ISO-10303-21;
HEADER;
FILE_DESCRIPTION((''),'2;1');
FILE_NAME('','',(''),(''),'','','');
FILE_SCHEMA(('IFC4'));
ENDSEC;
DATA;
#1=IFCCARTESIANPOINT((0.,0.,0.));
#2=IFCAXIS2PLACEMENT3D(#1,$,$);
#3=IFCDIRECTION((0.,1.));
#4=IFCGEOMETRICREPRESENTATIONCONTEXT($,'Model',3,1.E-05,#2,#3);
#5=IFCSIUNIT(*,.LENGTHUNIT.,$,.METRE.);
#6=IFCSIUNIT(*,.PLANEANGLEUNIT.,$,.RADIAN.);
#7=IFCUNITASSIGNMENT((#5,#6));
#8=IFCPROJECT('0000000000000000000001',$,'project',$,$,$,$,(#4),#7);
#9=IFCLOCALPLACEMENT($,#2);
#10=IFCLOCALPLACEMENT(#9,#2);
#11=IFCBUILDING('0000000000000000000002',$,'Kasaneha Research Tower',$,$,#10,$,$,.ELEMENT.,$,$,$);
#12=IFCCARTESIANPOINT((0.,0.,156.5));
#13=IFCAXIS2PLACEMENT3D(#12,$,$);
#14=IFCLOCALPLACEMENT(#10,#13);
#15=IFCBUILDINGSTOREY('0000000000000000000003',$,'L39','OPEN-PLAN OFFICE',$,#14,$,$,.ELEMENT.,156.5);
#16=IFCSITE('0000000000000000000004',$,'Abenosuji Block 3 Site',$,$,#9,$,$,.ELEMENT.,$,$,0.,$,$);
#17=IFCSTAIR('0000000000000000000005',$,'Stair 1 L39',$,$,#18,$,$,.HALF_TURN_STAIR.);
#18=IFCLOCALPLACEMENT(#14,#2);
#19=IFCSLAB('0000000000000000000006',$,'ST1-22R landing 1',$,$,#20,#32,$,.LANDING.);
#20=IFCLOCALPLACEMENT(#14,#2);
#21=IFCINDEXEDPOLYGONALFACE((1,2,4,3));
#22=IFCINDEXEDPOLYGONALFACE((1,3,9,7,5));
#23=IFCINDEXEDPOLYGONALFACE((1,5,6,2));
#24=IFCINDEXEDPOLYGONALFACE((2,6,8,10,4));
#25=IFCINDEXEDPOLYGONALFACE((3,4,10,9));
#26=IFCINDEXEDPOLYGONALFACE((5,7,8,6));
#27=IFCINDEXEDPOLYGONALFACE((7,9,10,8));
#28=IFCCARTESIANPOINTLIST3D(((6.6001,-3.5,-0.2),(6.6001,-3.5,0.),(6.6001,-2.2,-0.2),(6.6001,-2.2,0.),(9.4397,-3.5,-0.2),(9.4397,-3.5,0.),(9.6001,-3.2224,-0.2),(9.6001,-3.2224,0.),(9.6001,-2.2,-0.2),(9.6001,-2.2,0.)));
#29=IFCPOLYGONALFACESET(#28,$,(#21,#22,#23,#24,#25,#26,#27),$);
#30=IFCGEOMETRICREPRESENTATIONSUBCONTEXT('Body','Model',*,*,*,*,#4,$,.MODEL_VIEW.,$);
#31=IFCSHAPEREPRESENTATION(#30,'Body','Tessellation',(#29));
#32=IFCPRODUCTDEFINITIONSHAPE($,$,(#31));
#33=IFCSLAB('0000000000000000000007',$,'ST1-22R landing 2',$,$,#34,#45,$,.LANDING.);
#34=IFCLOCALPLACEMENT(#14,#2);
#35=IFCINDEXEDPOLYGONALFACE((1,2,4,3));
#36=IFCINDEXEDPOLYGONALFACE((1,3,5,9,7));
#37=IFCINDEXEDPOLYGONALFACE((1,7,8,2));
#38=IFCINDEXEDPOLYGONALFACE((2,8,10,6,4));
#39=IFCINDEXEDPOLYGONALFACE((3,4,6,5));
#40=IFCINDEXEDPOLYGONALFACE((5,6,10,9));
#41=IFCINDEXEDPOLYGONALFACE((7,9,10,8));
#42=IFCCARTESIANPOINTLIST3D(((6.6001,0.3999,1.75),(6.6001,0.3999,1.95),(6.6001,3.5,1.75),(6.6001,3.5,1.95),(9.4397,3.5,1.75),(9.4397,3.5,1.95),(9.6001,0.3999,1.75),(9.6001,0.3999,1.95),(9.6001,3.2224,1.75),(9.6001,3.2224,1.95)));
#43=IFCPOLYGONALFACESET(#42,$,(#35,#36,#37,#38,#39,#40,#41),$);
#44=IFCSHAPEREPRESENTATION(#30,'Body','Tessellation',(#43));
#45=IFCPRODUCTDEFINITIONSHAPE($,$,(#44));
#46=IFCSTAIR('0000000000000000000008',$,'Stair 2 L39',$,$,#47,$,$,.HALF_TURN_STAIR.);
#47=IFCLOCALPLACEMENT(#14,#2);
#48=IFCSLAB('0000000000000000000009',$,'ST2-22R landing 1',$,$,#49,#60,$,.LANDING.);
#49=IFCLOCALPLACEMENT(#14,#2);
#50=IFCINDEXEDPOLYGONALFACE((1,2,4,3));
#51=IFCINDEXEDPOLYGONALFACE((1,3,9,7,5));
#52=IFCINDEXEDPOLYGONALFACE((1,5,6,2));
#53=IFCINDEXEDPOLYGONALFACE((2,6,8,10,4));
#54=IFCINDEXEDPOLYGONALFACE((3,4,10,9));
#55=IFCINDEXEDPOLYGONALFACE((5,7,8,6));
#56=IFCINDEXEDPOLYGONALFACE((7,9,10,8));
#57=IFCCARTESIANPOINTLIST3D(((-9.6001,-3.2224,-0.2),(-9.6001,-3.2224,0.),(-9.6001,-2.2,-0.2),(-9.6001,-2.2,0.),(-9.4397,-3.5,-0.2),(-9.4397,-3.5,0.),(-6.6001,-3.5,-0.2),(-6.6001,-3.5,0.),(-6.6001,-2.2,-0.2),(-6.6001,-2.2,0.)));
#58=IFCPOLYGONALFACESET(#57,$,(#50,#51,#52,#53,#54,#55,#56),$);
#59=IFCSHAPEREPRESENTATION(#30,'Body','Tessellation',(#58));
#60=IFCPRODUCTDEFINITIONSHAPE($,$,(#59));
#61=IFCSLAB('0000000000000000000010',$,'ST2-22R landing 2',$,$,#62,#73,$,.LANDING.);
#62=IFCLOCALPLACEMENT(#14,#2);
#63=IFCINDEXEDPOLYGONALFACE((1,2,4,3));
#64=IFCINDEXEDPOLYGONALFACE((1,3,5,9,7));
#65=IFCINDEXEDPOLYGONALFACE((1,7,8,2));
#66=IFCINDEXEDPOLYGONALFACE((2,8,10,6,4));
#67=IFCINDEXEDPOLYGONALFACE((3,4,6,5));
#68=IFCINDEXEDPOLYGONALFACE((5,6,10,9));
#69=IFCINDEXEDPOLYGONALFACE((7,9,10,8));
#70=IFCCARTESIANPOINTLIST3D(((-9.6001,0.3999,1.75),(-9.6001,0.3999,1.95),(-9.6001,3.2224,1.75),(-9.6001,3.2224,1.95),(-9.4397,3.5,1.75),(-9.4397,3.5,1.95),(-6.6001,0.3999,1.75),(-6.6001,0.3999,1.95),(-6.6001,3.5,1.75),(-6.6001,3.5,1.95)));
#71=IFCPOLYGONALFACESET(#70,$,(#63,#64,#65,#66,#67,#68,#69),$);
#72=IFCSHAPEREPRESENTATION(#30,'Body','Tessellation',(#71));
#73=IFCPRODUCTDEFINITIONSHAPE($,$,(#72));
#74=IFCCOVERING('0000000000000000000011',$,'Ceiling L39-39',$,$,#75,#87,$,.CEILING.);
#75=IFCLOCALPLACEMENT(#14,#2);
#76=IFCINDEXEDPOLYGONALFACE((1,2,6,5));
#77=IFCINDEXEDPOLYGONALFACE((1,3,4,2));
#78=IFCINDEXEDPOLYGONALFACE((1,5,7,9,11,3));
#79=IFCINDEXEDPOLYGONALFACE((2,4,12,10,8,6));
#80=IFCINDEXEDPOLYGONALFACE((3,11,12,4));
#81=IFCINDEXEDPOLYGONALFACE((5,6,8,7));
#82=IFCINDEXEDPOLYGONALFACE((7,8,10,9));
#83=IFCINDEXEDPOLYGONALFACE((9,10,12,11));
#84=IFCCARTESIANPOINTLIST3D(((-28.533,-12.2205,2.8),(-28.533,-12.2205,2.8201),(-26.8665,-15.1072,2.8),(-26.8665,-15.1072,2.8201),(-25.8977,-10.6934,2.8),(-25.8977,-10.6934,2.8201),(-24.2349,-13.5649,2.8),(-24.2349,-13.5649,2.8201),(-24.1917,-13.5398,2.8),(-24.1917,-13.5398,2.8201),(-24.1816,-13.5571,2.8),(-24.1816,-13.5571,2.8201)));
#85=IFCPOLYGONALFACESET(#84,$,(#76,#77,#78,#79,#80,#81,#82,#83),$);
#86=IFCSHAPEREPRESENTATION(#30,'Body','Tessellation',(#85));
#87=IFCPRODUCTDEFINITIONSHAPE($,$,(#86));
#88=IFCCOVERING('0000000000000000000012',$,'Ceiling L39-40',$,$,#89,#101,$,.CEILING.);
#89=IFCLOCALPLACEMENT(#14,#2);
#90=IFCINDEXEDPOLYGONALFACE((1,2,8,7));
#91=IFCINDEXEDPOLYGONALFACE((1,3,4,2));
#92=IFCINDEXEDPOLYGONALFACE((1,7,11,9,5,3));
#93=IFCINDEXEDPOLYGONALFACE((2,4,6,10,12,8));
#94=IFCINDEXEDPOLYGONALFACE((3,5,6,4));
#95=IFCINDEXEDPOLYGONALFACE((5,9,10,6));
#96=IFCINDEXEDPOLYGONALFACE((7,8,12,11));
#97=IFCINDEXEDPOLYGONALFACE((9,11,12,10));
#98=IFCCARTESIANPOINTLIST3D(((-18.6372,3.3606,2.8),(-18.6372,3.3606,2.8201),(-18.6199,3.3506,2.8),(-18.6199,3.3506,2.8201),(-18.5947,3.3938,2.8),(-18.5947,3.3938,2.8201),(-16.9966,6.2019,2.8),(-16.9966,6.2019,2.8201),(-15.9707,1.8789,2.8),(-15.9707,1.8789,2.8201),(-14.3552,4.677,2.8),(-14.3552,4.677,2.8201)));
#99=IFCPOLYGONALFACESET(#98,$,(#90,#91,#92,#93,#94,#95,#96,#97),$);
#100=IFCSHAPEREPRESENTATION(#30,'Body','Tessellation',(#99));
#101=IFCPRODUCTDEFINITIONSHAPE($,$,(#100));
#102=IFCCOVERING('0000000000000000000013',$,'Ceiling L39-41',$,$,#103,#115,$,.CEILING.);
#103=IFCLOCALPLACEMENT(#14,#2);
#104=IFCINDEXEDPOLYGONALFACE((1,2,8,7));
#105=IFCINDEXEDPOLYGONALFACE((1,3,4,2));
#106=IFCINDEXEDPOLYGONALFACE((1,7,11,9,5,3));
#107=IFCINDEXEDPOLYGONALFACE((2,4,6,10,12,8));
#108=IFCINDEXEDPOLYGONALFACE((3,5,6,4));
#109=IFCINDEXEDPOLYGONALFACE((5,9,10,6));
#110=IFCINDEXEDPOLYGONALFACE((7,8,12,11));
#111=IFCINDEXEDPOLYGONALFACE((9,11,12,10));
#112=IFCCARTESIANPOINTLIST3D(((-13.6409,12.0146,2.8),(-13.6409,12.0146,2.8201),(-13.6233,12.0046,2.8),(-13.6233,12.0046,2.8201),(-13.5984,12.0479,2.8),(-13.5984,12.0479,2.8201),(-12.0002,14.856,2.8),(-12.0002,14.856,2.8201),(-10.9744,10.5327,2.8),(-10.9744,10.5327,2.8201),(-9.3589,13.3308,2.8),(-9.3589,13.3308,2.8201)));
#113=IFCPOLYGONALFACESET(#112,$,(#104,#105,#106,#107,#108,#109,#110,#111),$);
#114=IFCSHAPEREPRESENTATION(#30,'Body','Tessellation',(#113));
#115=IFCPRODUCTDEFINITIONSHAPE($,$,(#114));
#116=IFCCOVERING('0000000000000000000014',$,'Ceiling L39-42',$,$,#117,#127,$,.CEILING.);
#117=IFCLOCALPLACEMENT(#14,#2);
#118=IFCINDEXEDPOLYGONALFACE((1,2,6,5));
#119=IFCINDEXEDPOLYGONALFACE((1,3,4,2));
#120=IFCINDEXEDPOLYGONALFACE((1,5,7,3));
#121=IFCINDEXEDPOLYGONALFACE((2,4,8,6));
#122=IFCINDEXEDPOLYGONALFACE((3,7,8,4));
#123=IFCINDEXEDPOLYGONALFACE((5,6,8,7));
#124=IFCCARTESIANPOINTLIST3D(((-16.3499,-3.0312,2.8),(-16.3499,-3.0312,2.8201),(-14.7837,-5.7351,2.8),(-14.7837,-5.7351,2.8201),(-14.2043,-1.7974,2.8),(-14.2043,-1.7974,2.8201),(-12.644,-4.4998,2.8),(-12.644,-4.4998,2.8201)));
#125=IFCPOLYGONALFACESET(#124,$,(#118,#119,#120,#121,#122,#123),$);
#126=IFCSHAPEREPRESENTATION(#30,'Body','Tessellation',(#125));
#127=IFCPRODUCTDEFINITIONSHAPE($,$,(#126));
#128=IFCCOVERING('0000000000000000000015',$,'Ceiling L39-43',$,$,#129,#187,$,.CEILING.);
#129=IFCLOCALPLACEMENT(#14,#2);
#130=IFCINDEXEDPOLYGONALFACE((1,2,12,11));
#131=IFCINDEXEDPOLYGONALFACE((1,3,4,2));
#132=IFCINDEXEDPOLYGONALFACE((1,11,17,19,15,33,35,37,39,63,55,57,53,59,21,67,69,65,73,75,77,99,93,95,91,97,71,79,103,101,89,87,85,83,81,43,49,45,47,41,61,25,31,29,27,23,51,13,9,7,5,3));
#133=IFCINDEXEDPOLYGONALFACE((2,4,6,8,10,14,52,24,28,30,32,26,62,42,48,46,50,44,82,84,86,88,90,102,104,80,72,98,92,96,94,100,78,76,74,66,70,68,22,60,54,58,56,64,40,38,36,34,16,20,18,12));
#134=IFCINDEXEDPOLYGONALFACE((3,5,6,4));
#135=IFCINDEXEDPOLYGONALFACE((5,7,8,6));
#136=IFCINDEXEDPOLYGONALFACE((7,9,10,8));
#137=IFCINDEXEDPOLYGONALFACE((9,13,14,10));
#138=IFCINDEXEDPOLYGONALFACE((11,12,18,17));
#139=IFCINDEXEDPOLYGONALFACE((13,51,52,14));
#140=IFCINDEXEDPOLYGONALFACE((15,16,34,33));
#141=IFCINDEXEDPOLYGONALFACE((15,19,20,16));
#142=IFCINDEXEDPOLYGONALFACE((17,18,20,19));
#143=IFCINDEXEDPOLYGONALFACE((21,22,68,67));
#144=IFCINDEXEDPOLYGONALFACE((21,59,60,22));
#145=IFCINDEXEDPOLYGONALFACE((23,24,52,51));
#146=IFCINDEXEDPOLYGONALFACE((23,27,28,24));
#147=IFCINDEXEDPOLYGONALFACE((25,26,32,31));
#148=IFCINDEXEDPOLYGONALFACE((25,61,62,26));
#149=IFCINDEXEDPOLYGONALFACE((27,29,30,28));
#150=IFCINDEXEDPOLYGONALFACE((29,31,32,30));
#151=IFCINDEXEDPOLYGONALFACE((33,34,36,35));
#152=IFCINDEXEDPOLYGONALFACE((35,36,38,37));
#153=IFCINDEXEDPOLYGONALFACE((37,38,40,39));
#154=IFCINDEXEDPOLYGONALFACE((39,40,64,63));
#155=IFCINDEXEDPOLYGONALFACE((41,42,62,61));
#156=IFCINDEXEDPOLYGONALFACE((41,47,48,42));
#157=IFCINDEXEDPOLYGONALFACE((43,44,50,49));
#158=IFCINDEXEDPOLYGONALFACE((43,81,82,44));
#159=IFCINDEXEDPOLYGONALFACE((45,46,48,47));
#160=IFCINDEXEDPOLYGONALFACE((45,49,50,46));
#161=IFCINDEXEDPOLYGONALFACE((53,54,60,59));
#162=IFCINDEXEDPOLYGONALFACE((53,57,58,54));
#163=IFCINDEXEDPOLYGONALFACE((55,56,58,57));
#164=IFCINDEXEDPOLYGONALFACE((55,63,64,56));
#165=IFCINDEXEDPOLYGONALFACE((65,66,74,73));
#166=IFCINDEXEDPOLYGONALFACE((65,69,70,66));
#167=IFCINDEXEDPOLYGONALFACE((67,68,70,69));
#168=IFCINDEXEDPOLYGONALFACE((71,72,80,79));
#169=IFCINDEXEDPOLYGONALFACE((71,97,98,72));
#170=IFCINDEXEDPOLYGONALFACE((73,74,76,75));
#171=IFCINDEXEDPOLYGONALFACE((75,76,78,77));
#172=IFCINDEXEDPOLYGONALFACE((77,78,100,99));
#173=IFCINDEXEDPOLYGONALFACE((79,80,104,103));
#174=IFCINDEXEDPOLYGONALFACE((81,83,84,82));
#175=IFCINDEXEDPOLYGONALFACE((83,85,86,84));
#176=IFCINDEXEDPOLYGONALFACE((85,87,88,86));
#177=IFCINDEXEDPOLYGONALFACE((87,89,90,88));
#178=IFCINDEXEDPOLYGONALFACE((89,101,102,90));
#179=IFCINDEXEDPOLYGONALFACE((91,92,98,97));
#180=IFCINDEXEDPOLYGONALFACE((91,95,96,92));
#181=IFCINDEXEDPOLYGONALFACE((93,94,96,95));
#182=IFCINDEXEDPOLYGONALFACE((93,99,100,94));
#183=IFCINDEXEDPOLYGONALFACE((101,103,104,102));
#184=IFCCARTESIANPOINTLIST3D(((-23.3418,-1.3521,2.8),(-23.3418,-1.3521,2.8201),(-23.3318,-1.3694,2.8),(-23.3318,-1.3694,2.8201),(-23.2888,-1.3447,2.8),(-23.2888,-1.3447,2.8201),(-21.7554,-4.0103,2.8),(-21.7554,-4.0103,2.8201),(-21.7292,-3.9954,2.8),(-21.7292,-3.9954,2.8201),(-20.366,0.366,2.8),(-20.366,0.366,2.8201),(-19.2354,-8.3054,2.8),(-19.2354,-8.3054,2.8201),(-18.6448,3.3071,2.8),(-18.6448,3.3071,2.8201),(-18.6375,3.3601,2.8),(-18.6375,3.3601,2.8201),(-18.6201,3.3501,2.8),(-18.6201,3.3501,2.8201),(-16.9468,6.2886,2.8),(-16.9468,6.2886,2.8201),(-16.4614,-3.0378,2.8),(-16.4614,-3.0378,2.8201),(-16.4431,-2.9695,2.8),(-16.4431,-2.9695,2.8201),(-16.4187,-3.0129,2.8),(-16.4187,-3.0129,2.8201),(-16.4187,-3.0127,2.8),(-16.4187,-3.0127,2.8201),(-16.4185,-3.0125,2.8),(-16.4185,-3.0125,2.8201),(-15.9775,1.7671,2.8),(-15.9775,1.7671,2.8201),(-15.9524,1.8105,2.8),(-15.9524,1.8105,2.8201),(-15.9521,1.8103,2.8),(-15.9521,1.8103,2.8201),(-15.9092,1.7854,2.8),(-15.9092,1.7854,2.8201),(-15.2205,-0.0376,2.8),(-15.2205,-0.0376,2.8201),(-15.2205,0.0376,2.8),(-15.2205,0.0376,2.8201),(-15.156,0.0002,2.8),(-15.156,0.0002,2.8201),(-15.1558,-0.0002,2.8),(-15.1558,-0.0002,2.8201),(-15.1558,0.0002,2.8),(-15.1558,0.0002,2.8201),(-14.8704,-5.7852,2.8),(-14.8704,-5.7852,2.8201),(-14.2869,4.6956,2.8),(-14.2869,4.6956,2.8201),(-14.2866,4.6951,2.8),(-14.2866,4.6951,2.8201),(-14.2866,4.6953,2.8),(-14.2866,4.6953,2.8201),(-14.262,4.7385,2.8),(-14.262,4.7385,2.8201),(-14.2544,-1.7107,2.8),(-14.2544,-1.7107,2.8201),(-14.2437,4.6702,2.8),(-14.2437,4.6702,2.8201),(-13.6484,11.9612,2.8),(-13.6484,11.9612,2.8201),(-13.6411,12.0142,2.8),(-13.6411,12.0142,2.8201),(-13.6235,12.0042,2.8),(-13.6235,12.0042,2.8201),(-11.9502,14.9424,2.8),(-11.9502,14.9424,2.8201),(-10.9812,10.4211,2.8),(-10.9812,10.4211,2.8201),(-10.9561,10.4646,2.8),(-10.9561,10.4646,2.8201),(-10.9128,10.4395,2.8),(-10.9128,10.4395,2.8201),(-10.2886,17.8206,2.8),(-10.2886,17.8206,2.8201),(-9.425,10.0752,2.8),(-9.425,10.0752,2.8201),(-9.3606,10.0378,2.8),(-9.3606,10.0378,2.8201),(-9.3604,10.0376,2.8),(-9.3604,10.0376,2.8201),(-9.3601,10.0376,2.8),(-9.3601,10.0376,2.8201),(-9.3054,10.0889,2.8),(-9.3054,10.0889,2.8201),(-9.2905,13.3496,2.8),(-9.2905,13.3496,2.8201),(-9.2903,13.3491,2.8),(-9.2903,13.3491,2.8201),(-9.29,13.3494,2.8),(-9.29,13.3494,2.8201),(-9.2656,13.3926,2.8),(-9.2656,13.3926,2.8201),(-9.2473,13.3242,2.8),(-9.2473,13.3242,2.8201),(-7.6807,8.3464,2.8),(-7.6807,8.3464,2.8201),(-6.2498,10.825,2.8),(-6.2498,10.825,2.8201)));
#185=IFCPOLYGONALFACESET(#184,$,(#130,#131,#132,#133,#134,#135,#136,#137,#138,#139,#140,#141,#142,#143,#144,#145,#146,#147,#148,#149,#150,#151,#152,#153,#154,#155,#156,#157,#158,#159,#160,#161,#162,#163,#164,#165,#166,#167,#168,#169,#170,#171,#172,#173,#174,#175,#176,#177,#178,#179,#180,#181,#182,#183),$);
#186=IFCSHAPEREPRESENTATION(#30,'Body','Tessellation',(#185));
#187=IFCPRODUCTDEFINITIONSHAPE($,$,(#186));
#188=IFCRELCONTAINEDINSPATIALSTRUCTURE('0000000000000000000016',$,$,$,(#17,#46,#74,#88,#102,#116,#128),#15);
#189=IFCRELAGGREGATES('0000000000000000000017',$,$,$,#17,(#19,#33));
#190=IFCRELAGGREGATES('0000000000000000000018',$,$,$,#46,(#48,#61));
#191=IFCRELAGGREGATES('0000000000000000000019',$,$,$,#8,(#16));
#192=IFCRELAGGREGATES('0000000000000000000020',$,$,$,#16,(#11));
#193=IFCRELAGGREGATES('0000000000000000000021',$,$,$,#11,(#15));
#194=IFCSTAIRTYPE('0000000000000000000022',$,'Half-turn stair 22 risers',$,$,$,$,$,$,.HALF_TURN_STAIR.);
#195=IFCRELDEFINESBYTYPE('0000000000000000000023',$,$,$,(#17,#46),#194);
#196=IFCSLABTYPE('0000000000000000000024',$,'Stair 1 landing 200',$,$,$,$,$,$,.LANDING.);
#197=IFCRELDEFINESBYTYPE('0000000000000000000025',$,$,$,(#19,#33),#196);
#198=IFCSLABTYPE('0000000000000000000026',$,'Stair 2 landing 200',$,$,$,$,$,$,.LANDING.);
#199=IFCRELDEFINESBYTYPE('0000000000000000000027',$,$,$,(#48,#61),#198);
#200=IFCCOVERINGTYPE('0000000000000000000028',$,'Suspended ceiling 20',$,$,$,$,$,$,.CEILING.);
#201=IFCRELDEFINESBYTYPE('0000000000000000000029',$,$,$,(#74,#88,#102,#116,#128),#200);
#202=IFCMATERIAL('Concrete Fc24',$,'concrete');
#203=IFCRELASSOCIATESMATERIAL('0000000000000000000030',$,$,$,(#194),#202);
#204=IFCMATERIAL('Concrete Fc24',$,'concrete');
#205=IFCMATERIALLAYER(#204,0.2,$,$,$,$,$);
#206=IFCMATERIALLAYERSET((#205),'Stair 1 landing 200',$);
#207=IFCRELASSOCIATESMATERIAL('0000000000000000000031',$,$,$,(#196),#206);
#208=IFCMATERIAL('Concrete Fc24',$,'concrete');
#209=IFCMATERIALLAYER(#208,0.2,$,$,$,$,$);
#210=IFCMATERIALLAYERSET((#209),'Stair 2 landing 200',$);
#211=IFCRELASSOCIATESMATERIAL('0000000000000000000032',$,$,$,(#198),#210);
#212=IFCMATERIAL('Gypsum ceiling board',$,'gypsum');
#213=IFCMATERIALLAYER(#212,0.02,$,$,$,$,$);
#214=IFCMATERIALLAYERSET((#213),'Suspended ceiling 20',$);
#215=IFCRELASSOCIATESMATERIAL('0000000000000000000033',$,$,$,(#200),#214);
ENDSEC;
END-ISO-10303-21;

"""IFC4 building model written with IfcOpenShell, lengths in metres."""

from ifc_helpers import new_model, si_unit, direction, frame, origin, place, context, subcontext, project, spatial, polyline, outline, extrude, material, layer, layer_set, type_object, element, aggregate, save


model = new_model("IFC4")

# Units and contexts
model_context = context("Model", 3, precision=1e-05, world=origin(), true_north=direction((0.0, 1.0)))
body_context = subcontext(model_context, "Body", "Model", "MODEL_VIEW")
ifc_project = project(units=[si_unit("LENGTHUNIT", "METRE"), si_unit("PLANEANGLEUNIT", "RADIAN")], contexts=[model_context])

# Site, building, storey
site_placement = place(None, origin())
site = spatial("IfcSite", under=ifc_project, at=site_placement, Name="Abenosuji Block 3 Site", CompositionType="ELEMENT", RefElevation=0.0)
building_placement = place(site_placement, origin())
building = spatial("IfcBuilding", under=site, at=building_placement, Name="Kasaneha Research Tower", CompositionType="ELEMENT")
storey_placement = place(building_placement, frame((0.0, 0.0, 156.5)))
storey = spatial("IfcBuildingStorey", under=building, at=storey_placement, Name="L39", Description="OPEN-PLAN OFFICE", CompositionType="ELEMENT", Elevation=156.5)

# Stairs, slabs
ifc_material_1 = material(Name="Concrete Fc24", Category="concrete")
stair_type = type_object("IfcStairType", Name="Half-turn stair 22 risers", PredefinedType="HALF_TURN_STAIR", material=ifc_material_1)
stair_1_placement = place(storey_placement, origin())
stair_1 = element("IfcStair", 1, at=stair_1_placement, inside=storey, type_object=stair_type, Name="Stair 1 L39", PredefinedType="HALF_TURN_STAIR")
ifc_material_2 = material(Name="Concrete Fc24", Category="concrete")
ifc_layer_1 = layer(ifc_material_2, 0.2)
ifc_layer_set_1 = layer_set([ifc_layer_1], Name="Stair 1 landing 200")
slab_type_1 = type_object("IfcSlabType", Name="Stair 1 landing 200", PredefinedType="LANDING", material=ifc_layer_set_1)
slab_1_placement = place(storey_placement, frame((0.0, 0.0, -0.2)))
slab_1 = element("IfcSlab", 2, at=slab_1_placement, type_object=slab_type_1, Name="ST1-22R landing 1", PredefinedType="LANDING", context=body_context, shape_type="SweptSolid", body=[
    extrude(outline(polyline([(9.4397, -3.5), (6.6001, -3.5), (6.6001, -2.2), (9.6001, -2.2), (9.6001, -3.2224), (9.4397, -3.5)])), origin(), (0.0, 0.0, 1.0), 0.2),
])
slab_2_placement = place(storey_placement, frame((0.0, 0.0, 1.75)))
slab_2 = element("IfcSlab", 3, at=slab_2_placement, type_object=slab_type_1, Name="ST1-22R landing 2", PredefinedType="LANDING", context=body_context, shape_type="SweptSolid", body=[
    extrude(outline(polyline([(6.6001, 3.5), (9.4397, 3.5), (9.6001, 3.2224), (9.6001, 0.3999), (6.6001, 0.3999), (6.6001, 3.5)])), origin(), (0.0, 0.0, 1.0), 0.2),
])
aggregate(stair_1, [slab_1, slab_2])
stair_2_placement = place(storey_placement, origin())
stair_2 = element("IfcStair", 4, at=stair_2_placement, inside=storey, type_object=stair_type, Name="Stair 2 L39", PredefinedType="HALF_TURN_STAIR")
ifc_material_3 = material(Name="Concrete Fc24", Category="concrete")
ifc_layer_2 = layer(ifc_material_3, 0.2)
ifc_layer_set_2 = layer_set([ifc_layer_2], Name="Stair 2 landing 200")
slab_type_2 = type_object("IfcSlabType", Name="Stair 2 landing 200", PredefinedType="LANDING", material=ifc_layer_set_2)
slab_3_placement = place(storey_placement, frame((0.0, 0.0, -0.2)))
slab_3 = element("IfcSlab", 5, at=slab_3_placement, type_object=slab_type_2, Name="ST2-22R landing 1", PredefinedType="LANDING", context=body_context, shape_type="SweptSolid", body=[
    extrude(outline(polyline([(-6.6001, -3.5), (-9.4397, -3.5), (-9.6001, -3.2224), (-9.6001, -2.2), (-6.6001, -2.2), (-6.6001, -3.5)])), origin(), (0.0, 0.0, 1.0), 0.2),
])
slab_4_placement = place(storey_placement, frame((0.0, 0.0, 1.75)))
slab_4 = element("IfcSlab", 6, at=slab_4_placement, type_object=slab_type_2, Name="ST2-22R landing 2", PredefinedType="LANDING", context=body_context, shape_type="SweptSolid", body=[
    extrude(outline(polyline([(-6.6001, 0.3999), (-9.6001, 0.3999), (-9.6001, 3.2224), (-9.4397, 3.5), (-6.6001, 3.5), (-6.6001, 0.3999)])), origin(), (0.0, 0.0, 1.0), 0.2),
])
aggregate(stair_2, [slab_3, slab_4])

# Coverings
ifc_material_4 = material(Name="Gypsum ceiling board", Category="gypsum")
ifc_layer_3 = layer(ifc_material_4, 0.02)
ifc_layer_set_3 = layer_set([ifc_layer_3], Name="Suspended ceiling 20")
covering_type_1 = type_object("IfcCoveringType", Name="Suspended ceiling 20", PredefinedType="CEILING", material=ifc_layer_set_3)
covering_1_placement = place(storey_placement, frame((0.0, 0.0, 2.8)))
element("IfcCovering", 7, at=covering_1_placement, inside=storey, type_object=covering_type_1, Name="Ceiling L39-39", PredefinedType="CEILING", context=body_context, shape_type="SweptSolid", body=[
    extrude(outline(polyline([(-28.533, -12.2205), (-25.8977, -10.6934), (-24.2349, -13.5649), (-24.1917, -13.5398), (-24.1816, -13.5571), (-26.8665, -15.1072), (-28.533, -12.2205)])), origin(), (0.0, 0.0, 1.0), 0.02),
])
covering_2_placement = place(storey_placement, frame((0.0, 0.0, 2.8)))
element("IfcCovering", 8, at=covering_2_placement, inside=storey, type_object=covering_type_1, Name="Ceiling L39-40", PredefinedType="CEILING", context=body_context, shape_type="SweptSolid", body=[
    extrude(outline(polyline([(-16.9966, 6.2019), (-14.3552, 4.677), (-15.9707, 1.8789), (-18.5947, 3.3938), (-18.6199, 3.3506), (-18.6372, 3.3606), (-16.9966, 6.2019)])), origin(), (0.0, 0.0, 1.0), 0.02),
])
covering_3_placement = place(storey_placement, frame((0.0, 0.0, 2.8)))
element("IfcCovering", 9, at=covering_3_placement, inside=storey, type_object=covering_type_1, Name="Ceiling L39-41", PredefinedType="CEILING", context=body_context, shape_type="SweptSolid", body=[
    extrude(outline(polyline([(-12.0002, 14.856), (-9.3589, 13.3308), (-10.9744, 10.5327), (-13.5984, 12.0479), (-13.6233, 12.0046), (-13.6409, 12.0146), (-12.0002, 14.856)])), origin(), (0.0, 0.0, 1.0), 0.02),
])
covering_4_placement = place(storey_placement, frame((0.0, 0.0, 2.8)))
element("IfcCovering", 10, at=covering_4_placement, inside=storey, type_object=covering_type_1, Name="Ceiling L39-42", PredefinedType="CEILING", context=body_context, shape_type="SweptSolid", body=[
    extrude(outline(polyline([(-16.3499, -3.0312), (-14.2043, -1.7974), (-12.644, -4.4998), (-14.7837, -5.7351), (-16.3499, -3.0312)])), origin(), (0.0, 0.0, 1.0), 0.02),
])
covering_5_placement = place(storey_placement, frame((0.0, 0.0, 2.8)))
element("IfcCovering", 11, at=covering_5_placement, inside=storey, type_object=covering_type_1, Name="Ceiling L39-43", PredefinedType="CEILING", context=body_context, shape_type="SweptSolid", body=[
    extrude(outline(polyline([(-9.3606, 10.0378), (-9.3606, 10.0378), (-9.425, 10.0752), (-15.2205, 0.0376), (-15.1558, 0.0002), (-15.156, 0.0002), (-15.1558, -0.0002), (-15.2205, -0.0376), (-14.2544, -1.7107), (-16.4431, -2.9695), (-16.4185, -3.0125), (-16.4187, -3.0127), (-16.4187, -3.0129), (-16.4614, -3.0378), (-14.8704, -5.7852), (-19.2354, -8.3054), (-21.7292, -3.9954), (-21.7554, -4.0103), (-23.2888, -1.3447), (-23.3318, -1.3694), (-23.3418, -1.3521), (-20.366, 0.366), (-18.6375, 3.3601), (-18.6201, 3.3501), (-18.6448, 3.3071), (-15.9775, 1.7671), (-15.9524, 1.8105), (-15.9521, 1.8103), (-15.9521, 1.8103), (-15.9092, 1.7854), (-14.2437, 4.6702), (-14.2866, 4.6951), (-14.2866, 4.6953), (-14.2869, 4.6956), (-14.262, 4.7385), (-16.9468, 6.2886), (-13.6411, 12.0142), (-13.6235, 12.0042), (-13.6484, 11.9612), (-10.9812, 10.4211), (-10.9561, 10.4646), (-10.9128, 10.4395), (-9.2473, 13.3242), (-9.2903, 13.3491), (-9.29, 13.3494), (-9.2905, 13.3496), (-9.2656, 13.3926), (-11.9502, 14.9424), (-10.2886, 17.8206), (-6.2498, 10.825), (-7.6807, 8.3464), (-9.3054, 10.0889), (-9.3601, 10.0376), (-9.3604, 10.0376), (-9.3606, 10.0378)])), origin(), (0.0, 0.0, 1.0), 0.02),
])

save(model, "model.ifc")
